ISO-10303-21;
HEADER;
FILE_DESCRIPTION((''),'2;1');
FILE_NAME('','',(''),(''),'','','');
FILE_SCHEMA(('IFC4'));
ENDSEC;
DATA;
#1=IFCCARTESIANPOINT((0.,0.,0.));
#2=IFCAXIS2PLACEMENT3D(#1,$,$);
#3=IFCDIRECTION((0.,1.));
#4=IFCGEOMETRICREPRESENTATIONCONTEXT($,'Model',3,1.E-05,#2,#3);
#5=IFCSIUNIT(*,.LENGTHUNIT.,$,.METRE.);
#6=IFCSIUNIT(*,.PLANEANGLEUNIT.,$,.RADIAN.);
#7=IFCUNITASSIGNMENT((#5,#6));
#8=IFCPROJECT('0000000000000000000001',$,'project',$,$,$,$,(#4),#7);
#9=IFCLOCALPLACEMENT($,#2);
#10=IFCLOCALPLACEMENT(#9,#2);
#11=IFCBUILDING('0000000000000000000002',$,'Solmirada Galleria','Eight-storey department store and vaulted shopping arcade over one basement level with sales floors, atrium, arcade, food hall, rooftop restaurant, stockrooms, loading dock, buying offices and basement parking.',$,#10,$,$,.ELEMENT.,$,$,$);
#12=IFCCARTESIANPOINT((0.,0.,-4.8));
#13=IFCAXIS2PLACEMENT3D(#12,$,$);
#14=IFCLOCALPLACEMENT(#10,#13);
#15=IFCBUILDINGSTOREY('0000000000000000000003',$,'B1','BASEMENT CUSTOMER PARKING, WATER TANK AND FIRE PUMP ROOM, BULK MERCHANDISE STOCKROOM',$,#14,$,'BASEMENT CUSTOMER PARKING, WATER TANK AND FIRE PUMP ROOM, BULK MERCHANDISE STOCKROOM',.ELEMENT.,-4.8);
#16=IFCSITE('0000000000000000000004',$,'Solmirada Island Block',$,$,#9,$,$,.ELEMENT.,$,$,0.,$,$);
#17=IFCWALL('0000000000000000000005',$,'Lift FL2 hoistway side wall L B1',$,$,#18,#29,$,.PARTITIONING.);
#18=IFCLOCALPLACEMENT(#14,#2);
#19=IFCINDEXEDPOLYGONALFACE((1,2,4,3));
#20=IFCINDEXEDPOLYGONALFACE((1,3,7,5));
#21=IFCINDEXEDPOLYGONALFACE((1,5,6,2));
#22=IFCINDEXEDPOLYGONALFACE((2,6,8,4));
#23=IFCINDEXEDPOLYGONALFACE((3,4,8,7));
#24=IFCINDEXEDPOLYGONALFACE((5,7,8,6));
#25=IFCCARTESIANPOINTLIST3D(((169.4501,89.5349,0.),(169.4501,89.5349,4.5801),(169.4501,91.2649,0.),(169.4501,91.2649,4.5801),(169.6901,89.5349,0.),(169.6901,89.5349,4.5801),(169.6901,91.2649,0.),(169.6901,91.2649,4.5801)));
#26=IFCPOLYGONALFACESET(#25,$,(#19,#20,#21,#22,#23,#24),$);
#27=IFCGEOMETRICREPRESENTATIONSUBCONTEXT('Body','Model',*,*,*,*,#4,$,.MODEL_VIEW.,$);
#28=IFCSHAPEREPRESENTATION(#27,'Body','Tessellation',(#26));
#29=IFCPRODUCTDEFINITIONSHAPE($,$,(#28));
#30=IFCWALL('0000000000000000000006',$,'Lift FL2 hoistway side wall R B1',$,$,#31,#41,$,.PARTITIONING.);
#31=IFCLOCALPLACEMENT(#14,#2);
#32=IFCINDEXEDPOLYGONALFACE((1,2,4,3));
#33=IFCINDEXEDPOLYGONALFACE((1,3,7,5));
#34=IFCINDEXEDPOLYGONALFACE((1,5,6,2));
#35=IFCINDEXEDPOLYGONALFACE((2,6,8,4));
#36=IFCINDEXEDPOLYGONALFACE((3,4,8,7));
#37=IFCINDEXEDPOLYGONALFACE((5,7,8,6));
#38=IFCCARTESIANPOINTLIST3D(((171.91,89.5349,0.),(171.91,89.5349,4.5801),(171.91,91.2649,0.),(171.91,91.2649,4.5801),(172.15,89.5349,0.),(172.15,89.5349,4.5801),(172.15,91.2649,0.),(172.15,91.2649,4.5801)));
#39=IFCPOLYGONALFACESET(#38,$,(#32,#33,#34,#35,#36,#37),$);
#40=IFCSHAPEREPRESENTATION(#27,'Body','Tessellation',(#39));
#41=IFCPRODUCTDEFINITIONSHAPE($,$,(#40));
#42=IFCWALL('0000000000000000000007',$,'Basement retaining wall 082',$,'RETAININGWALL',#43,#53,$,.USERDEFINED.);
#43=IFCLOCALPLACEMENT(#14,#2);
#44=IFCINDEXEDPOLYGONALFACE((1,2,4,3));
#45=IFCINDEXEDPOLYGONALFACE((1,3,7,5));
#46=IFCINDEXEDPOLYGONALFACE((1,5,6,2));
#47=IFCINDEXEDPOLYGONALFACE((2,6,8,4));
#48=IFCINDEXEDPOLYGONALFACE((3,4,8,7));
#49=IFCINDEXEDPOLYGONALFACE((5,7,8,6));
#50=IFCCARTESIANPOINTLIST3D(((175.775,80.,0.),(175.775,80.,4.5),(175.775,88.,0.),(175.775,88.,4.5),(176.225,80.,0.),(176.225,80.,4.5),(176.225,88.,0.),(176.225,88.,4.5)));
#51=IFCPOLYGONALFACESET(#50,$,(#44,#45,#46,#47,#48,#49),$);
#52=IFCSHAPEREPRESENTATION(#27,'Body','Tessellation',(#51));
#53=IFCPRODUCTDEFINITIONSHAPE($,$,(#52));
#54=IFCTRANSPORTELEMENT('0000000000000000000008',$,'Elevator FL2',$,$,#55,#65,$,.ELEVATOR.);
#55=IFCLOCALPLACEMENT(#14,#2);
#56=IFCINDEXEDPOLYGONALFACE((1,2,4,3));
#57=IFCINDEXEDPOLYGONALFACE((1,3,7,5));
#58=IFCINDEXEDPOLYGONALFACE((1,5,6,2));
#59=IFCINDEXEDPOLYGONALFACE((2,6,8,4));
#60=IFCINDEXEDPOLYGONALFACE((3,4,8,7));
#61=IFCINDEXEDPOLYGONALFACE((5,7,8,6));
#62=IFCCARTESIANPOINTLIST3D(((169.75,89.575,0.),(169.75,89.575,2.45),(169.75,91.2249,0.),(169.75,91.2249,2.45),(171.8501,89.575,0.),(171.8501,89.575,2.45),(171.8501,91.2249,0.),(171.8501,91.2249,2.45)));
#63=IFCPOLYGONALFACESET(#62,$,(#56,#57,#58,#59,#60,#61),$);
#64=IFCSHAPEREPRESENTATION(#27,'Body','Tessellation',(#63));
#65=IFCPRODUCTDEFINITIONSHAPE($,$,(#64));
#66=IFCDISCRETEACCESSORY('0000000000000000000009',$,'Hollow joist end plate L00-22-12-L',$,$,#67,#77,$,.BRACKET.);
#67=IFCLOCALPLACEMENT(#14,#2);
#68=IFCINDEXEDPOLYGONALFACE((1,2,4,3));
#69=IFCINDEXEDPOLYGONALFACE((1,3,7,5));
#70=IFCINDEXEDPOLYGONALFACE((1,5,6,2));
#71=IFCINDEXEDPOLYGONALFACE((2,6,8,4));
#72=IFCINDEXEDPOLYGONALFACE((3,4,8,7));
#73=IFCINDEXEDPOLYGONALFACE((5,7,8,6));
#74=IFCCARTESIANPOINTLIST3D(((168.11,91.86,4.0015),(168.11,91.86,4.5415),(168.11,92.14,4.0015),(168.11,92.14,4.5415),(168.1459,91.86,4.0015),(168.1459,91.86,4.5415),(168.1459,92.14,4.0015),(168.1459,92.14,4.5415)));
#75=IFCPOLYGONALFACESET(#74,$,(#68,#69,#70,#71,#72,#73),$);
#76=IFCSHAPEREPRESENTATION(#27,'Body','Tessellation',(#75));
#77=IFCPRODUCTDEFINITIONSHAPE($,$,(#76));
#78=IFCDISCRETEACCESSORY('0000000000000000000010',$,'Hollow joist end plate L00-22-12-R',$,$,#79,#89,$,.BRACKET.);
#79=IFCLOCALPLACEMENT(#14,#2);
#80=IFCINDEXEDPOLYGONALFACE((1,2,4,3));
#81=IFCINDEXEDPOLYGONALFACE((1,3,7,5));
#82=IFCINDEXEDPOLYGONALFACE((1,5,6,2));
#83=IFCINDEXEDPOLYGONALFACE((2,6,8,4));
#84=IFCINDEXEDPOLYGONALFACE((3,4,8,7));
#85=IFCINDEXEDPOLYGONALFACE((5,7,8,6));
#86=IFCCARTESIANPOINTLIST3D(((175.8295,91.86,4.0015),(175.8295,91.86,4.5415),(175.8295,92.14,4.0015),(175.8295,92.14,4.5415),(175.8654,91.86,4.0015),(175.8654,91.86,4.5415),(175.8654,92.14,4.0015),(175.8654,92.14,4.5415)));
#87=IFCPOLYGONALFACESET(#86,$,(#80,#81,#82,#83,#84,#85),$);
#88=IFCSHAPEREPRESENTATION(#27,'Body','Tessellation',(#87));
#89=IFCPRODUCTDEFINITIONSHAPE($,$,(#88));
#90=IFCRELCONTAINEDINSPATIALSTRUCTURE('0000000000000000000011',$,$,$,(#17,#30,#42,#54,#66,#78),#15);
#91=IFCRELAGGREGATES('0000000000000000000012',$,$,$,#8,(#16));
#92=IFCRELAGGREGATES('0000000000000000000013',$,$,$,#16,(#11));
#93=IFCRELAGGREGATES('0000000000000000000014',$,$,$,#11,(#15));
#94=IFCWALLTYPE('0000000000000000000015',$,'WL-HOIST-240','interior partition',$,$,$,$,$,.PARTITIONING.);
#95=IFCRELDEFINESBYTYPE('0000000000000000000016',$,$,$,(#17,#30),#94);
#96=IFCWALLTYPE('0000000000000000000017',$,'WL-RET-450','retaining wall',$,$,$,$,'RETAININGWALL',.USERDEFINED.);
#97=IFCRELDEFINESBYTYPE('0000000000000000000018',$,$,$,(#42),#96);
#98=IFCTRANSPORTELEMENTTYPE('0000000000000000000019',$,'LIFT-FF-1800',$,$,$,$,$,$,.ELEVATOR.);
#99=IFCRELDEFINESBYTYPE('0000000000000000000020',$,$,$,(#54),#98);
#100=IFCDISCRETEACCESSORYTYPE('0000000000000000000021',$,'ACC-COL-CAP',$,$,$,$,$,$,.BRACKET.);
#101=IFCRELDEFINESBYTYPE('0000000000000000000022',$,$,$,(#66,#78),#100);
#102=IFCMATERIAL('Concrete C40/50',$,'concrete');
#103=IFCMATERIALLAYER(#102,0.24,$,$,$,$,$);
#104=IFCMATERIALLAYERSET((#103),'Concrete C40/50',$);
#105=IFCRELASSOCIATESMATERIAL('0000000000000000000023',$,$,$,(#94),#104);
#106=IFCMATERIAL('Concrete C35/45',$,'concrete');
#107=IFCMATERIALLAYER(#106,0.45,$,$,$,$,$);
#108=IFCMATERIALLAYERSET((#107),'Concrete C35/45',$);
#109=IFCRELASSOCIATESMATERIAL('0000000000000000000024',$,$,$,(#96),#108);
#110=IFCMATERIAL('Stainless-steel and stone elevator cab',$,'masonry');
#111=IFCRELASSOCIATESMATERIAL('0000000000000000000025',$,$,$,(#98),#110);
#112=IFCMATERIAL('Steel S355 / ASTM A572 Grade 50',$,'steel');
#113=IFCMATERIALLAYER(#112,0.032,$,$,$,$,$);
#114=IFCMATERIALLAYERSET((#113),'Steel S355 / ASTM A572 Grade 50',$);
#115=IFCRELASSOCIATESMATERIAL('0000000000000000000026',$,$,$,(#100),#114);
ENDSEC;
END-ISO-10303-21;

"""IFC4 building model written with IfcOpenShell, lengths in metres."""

from ifc_helpers import new_model, si_unit, direction, frame, frame_2d, origin, origin_2d, place, context, subcontext, project, spatial, rectangle, extrude, material, layer, layer_set, type_object, element, save


model = new_model("IFC4")

# Units and contexts
model_context = context("Model", 3, precision=1e-05, world=origin(), true_north=direction((0.0, 1.0)))
body_context = subcontext(model_context, "Body", "Model", "MODEL_VIEW")
ifc_project = project(units=[si_unit("LENGTHUNIT", "METRE"), si_unit("PLANEANGLEUNIT", "RADIAN")], contexts=[model_context])

# Site, building, storey
site_placement = place(None, origin())
site = spatial("IfcSite", under=ifc_project, at=site_placement, Name="Solmirada Island Block", CompositionType="ELEMENT", RefElevation=0.0)
building_placement = place(site_placement, origin())
building = spatial("IfcBuilding", under=site, at=building_placement, Name="Solmirada Galleria", Description="Eight-storey department store and vaulted shopping arcade over one basement level with sales floors, atrium, arcade, food hall, rooftop restaurant, stockrooms, loading dock, buying offices and basement parking.", CompositionType="ELEMENT")
storey_placement = place(building_placement, frame((0.0, 0.0, -4.8)))
storey = spatial("IfcBuildingStorey", under=building, at=storey_placement, Name="B1", Description="BASEMENT CUSTOMER PARKING, WATER TANK AND FIRE PUMP ROOM, BULK MERCHANDISE STOCKROOM", LongName="BASEMENT CUSTOMER PARKING, WATER TANK AND FIRE PUMP ROOM, BULK MERCHANDISE STOCKROOM", CompositionType="ELEMENT", Elevation=-4.8)

# Shared definitions
ifc_material_1 = material(Name="Concrete C40/50", Category="concrete")

# Shared definitions
ifc_material_2 = material(Name="Steel S355 / ASTM A572 Grade 50", Category="steel")

# Shared definitions
ifc_layer_1 = layer(ifc_material_1, 0.24)
ifc_layer_set_1 = layer_set([ifc_layer_1], Name="Concrete C40/50")
wall_type_1 = type_object("IfcWallType", Name="WL-HOIST-240", Description="interior partition", PredefinedType="PARTITIONING", material=ifc_layer_set_1)

# Walls
for number, where, z_axis, x_axis, name in (
    (1, (169.5701, 89.5349, 0.0), (0.0, 0.0, 1.0), (0.0, 1.0, 0.0), "Lift FL2 hoistway side wall L B1"),
    (2, (172.03, 89.5349, 0.0), (0.0, 0.0, 1.0), (0.0, 1.0, 0.0), "Lift FL2 hoistway side wall R B1"),
):
    element("IfcWall", number, at=place(storey_placement, frame(where, z_axis=z_axis, x_axis=x_axis)), inside=storey, type_object=wall_type_1, Name=name, PredefinedType="PARTITIONING", context=body_context, shape_type="SweptSolid", body=[
        extrude(rectangle(XDim=1.73, YDim=0.24, at=frame_2d((0.865, 0.0))), origin(), (0.0, 0.0, 1.0), 4.5801),
    ])

# Wall
ifc_material_3 = material(Name="Concrete C35/45", Category="concrete")
ifc_layer_2 = layer(ifc_material_3, 0.45)
ifc_layer_set_2 = layer_set([ifc_layer_2], Name="Concrete C35/45")
wall_type_2 = type_object("IfcWallType", Name="WL-RET-450", Description="retaining wall", ElementType="RETAININGWALL", PredefinedType="USERDEFINED", material=ifc_layer_set_2)
wall_1_placement = place(storey_placement, frame((176.0, 88.0, 0.0), z_axis=(0.0, 0.0, 1.0), x_axis=(0.0, -1.0, 0.0)))
element("IfcWall", 3, at=wall_1_placement, inside=storey, type_object=wall_type_2, Name="Basement retaining wall 082", ObjectType="RETAININGWALL", PredefinedType="USERDEFINED", context=body_context, shape_type="SweptSolid", body=[
    extrude(rectangle(XDim=8.0, YDim=0.45, at=frame_2d((4.0, 0.0))), origin(), (0.0, 0.0, 1.0), 4.5),
])

# Transport element
ifc_material_4 = material(Name="Stainless-steel and stone elevator cab", Category="masonry")
transport_element_type = type_object("IfcTransportElementType", Name="LIFT-FF-1800", PredefinedType="ELEVATOR", material=ifc_material_4)
transport_element_placement = place(storey_placement, frame((170.8, 90.3999, 0.0), z_axis=(0.0, 0.0, 1.0), x_axis=(1.0, 0.0, 0.0)))
element("IfcTransportElement", 4, at=transport_element_placement, inside=storey, type_object=transport_element_type, Name="Elevator FL2", PredefinedType="ELEVATOR", context=body_context, shape_type="SweptSolid", body=[
    extrude(rectangle(XDim=2.1001, YDim=1.6499, at=origin_2d()), origin(), (0.0, 0.0, 1.0), 2.45),
])

# Discrete accessories
ifc_layer_3 = layer(ifc_material_2, 0.032)
ifc_layer_set_3 = layer_set([ifc_layer_3], Name="Steel S355 / ASTM A572 Grade 50")
discrete_accessory_type = type_object("IfcDiscreteAccessoryType", Name="ACC-COL-CAP", PredefinedType="BRACKET", material=ifc_layer_set_3)
for number, where, z_axis, x_axis, name in (
    (5, (168.1279, 92.0, 4.0015), (0.0, 0.0, 1.0), (1.0, 0.0, 0.0), "Hollow joist end plate L00-22-12-L"),
    (6, (175.8474, 92.0, 4.0015), (0.0, 0.0, 1.0), (1.0, 0.0, 0.0), "Hollow joist end plate L00-22-12-R"),
):
    element("IfcDiscreteAccessory", number, at=place(storey_placement, frame(where, z_axis=z_axis, x_axis=x_axis)), inside=storey, type_object=discrete_accessory_type, Name=name, PredefinedType="BRACKET", context=body_context, shape_type="SweptSolid", body=[
        extrude(rectangle(XDim=0.0359, YDim=0.28, at=origin_2d()), origin(), (0.0, 0.0, 1.0), 0.54),
    ])

save(model, "model.ifc")
